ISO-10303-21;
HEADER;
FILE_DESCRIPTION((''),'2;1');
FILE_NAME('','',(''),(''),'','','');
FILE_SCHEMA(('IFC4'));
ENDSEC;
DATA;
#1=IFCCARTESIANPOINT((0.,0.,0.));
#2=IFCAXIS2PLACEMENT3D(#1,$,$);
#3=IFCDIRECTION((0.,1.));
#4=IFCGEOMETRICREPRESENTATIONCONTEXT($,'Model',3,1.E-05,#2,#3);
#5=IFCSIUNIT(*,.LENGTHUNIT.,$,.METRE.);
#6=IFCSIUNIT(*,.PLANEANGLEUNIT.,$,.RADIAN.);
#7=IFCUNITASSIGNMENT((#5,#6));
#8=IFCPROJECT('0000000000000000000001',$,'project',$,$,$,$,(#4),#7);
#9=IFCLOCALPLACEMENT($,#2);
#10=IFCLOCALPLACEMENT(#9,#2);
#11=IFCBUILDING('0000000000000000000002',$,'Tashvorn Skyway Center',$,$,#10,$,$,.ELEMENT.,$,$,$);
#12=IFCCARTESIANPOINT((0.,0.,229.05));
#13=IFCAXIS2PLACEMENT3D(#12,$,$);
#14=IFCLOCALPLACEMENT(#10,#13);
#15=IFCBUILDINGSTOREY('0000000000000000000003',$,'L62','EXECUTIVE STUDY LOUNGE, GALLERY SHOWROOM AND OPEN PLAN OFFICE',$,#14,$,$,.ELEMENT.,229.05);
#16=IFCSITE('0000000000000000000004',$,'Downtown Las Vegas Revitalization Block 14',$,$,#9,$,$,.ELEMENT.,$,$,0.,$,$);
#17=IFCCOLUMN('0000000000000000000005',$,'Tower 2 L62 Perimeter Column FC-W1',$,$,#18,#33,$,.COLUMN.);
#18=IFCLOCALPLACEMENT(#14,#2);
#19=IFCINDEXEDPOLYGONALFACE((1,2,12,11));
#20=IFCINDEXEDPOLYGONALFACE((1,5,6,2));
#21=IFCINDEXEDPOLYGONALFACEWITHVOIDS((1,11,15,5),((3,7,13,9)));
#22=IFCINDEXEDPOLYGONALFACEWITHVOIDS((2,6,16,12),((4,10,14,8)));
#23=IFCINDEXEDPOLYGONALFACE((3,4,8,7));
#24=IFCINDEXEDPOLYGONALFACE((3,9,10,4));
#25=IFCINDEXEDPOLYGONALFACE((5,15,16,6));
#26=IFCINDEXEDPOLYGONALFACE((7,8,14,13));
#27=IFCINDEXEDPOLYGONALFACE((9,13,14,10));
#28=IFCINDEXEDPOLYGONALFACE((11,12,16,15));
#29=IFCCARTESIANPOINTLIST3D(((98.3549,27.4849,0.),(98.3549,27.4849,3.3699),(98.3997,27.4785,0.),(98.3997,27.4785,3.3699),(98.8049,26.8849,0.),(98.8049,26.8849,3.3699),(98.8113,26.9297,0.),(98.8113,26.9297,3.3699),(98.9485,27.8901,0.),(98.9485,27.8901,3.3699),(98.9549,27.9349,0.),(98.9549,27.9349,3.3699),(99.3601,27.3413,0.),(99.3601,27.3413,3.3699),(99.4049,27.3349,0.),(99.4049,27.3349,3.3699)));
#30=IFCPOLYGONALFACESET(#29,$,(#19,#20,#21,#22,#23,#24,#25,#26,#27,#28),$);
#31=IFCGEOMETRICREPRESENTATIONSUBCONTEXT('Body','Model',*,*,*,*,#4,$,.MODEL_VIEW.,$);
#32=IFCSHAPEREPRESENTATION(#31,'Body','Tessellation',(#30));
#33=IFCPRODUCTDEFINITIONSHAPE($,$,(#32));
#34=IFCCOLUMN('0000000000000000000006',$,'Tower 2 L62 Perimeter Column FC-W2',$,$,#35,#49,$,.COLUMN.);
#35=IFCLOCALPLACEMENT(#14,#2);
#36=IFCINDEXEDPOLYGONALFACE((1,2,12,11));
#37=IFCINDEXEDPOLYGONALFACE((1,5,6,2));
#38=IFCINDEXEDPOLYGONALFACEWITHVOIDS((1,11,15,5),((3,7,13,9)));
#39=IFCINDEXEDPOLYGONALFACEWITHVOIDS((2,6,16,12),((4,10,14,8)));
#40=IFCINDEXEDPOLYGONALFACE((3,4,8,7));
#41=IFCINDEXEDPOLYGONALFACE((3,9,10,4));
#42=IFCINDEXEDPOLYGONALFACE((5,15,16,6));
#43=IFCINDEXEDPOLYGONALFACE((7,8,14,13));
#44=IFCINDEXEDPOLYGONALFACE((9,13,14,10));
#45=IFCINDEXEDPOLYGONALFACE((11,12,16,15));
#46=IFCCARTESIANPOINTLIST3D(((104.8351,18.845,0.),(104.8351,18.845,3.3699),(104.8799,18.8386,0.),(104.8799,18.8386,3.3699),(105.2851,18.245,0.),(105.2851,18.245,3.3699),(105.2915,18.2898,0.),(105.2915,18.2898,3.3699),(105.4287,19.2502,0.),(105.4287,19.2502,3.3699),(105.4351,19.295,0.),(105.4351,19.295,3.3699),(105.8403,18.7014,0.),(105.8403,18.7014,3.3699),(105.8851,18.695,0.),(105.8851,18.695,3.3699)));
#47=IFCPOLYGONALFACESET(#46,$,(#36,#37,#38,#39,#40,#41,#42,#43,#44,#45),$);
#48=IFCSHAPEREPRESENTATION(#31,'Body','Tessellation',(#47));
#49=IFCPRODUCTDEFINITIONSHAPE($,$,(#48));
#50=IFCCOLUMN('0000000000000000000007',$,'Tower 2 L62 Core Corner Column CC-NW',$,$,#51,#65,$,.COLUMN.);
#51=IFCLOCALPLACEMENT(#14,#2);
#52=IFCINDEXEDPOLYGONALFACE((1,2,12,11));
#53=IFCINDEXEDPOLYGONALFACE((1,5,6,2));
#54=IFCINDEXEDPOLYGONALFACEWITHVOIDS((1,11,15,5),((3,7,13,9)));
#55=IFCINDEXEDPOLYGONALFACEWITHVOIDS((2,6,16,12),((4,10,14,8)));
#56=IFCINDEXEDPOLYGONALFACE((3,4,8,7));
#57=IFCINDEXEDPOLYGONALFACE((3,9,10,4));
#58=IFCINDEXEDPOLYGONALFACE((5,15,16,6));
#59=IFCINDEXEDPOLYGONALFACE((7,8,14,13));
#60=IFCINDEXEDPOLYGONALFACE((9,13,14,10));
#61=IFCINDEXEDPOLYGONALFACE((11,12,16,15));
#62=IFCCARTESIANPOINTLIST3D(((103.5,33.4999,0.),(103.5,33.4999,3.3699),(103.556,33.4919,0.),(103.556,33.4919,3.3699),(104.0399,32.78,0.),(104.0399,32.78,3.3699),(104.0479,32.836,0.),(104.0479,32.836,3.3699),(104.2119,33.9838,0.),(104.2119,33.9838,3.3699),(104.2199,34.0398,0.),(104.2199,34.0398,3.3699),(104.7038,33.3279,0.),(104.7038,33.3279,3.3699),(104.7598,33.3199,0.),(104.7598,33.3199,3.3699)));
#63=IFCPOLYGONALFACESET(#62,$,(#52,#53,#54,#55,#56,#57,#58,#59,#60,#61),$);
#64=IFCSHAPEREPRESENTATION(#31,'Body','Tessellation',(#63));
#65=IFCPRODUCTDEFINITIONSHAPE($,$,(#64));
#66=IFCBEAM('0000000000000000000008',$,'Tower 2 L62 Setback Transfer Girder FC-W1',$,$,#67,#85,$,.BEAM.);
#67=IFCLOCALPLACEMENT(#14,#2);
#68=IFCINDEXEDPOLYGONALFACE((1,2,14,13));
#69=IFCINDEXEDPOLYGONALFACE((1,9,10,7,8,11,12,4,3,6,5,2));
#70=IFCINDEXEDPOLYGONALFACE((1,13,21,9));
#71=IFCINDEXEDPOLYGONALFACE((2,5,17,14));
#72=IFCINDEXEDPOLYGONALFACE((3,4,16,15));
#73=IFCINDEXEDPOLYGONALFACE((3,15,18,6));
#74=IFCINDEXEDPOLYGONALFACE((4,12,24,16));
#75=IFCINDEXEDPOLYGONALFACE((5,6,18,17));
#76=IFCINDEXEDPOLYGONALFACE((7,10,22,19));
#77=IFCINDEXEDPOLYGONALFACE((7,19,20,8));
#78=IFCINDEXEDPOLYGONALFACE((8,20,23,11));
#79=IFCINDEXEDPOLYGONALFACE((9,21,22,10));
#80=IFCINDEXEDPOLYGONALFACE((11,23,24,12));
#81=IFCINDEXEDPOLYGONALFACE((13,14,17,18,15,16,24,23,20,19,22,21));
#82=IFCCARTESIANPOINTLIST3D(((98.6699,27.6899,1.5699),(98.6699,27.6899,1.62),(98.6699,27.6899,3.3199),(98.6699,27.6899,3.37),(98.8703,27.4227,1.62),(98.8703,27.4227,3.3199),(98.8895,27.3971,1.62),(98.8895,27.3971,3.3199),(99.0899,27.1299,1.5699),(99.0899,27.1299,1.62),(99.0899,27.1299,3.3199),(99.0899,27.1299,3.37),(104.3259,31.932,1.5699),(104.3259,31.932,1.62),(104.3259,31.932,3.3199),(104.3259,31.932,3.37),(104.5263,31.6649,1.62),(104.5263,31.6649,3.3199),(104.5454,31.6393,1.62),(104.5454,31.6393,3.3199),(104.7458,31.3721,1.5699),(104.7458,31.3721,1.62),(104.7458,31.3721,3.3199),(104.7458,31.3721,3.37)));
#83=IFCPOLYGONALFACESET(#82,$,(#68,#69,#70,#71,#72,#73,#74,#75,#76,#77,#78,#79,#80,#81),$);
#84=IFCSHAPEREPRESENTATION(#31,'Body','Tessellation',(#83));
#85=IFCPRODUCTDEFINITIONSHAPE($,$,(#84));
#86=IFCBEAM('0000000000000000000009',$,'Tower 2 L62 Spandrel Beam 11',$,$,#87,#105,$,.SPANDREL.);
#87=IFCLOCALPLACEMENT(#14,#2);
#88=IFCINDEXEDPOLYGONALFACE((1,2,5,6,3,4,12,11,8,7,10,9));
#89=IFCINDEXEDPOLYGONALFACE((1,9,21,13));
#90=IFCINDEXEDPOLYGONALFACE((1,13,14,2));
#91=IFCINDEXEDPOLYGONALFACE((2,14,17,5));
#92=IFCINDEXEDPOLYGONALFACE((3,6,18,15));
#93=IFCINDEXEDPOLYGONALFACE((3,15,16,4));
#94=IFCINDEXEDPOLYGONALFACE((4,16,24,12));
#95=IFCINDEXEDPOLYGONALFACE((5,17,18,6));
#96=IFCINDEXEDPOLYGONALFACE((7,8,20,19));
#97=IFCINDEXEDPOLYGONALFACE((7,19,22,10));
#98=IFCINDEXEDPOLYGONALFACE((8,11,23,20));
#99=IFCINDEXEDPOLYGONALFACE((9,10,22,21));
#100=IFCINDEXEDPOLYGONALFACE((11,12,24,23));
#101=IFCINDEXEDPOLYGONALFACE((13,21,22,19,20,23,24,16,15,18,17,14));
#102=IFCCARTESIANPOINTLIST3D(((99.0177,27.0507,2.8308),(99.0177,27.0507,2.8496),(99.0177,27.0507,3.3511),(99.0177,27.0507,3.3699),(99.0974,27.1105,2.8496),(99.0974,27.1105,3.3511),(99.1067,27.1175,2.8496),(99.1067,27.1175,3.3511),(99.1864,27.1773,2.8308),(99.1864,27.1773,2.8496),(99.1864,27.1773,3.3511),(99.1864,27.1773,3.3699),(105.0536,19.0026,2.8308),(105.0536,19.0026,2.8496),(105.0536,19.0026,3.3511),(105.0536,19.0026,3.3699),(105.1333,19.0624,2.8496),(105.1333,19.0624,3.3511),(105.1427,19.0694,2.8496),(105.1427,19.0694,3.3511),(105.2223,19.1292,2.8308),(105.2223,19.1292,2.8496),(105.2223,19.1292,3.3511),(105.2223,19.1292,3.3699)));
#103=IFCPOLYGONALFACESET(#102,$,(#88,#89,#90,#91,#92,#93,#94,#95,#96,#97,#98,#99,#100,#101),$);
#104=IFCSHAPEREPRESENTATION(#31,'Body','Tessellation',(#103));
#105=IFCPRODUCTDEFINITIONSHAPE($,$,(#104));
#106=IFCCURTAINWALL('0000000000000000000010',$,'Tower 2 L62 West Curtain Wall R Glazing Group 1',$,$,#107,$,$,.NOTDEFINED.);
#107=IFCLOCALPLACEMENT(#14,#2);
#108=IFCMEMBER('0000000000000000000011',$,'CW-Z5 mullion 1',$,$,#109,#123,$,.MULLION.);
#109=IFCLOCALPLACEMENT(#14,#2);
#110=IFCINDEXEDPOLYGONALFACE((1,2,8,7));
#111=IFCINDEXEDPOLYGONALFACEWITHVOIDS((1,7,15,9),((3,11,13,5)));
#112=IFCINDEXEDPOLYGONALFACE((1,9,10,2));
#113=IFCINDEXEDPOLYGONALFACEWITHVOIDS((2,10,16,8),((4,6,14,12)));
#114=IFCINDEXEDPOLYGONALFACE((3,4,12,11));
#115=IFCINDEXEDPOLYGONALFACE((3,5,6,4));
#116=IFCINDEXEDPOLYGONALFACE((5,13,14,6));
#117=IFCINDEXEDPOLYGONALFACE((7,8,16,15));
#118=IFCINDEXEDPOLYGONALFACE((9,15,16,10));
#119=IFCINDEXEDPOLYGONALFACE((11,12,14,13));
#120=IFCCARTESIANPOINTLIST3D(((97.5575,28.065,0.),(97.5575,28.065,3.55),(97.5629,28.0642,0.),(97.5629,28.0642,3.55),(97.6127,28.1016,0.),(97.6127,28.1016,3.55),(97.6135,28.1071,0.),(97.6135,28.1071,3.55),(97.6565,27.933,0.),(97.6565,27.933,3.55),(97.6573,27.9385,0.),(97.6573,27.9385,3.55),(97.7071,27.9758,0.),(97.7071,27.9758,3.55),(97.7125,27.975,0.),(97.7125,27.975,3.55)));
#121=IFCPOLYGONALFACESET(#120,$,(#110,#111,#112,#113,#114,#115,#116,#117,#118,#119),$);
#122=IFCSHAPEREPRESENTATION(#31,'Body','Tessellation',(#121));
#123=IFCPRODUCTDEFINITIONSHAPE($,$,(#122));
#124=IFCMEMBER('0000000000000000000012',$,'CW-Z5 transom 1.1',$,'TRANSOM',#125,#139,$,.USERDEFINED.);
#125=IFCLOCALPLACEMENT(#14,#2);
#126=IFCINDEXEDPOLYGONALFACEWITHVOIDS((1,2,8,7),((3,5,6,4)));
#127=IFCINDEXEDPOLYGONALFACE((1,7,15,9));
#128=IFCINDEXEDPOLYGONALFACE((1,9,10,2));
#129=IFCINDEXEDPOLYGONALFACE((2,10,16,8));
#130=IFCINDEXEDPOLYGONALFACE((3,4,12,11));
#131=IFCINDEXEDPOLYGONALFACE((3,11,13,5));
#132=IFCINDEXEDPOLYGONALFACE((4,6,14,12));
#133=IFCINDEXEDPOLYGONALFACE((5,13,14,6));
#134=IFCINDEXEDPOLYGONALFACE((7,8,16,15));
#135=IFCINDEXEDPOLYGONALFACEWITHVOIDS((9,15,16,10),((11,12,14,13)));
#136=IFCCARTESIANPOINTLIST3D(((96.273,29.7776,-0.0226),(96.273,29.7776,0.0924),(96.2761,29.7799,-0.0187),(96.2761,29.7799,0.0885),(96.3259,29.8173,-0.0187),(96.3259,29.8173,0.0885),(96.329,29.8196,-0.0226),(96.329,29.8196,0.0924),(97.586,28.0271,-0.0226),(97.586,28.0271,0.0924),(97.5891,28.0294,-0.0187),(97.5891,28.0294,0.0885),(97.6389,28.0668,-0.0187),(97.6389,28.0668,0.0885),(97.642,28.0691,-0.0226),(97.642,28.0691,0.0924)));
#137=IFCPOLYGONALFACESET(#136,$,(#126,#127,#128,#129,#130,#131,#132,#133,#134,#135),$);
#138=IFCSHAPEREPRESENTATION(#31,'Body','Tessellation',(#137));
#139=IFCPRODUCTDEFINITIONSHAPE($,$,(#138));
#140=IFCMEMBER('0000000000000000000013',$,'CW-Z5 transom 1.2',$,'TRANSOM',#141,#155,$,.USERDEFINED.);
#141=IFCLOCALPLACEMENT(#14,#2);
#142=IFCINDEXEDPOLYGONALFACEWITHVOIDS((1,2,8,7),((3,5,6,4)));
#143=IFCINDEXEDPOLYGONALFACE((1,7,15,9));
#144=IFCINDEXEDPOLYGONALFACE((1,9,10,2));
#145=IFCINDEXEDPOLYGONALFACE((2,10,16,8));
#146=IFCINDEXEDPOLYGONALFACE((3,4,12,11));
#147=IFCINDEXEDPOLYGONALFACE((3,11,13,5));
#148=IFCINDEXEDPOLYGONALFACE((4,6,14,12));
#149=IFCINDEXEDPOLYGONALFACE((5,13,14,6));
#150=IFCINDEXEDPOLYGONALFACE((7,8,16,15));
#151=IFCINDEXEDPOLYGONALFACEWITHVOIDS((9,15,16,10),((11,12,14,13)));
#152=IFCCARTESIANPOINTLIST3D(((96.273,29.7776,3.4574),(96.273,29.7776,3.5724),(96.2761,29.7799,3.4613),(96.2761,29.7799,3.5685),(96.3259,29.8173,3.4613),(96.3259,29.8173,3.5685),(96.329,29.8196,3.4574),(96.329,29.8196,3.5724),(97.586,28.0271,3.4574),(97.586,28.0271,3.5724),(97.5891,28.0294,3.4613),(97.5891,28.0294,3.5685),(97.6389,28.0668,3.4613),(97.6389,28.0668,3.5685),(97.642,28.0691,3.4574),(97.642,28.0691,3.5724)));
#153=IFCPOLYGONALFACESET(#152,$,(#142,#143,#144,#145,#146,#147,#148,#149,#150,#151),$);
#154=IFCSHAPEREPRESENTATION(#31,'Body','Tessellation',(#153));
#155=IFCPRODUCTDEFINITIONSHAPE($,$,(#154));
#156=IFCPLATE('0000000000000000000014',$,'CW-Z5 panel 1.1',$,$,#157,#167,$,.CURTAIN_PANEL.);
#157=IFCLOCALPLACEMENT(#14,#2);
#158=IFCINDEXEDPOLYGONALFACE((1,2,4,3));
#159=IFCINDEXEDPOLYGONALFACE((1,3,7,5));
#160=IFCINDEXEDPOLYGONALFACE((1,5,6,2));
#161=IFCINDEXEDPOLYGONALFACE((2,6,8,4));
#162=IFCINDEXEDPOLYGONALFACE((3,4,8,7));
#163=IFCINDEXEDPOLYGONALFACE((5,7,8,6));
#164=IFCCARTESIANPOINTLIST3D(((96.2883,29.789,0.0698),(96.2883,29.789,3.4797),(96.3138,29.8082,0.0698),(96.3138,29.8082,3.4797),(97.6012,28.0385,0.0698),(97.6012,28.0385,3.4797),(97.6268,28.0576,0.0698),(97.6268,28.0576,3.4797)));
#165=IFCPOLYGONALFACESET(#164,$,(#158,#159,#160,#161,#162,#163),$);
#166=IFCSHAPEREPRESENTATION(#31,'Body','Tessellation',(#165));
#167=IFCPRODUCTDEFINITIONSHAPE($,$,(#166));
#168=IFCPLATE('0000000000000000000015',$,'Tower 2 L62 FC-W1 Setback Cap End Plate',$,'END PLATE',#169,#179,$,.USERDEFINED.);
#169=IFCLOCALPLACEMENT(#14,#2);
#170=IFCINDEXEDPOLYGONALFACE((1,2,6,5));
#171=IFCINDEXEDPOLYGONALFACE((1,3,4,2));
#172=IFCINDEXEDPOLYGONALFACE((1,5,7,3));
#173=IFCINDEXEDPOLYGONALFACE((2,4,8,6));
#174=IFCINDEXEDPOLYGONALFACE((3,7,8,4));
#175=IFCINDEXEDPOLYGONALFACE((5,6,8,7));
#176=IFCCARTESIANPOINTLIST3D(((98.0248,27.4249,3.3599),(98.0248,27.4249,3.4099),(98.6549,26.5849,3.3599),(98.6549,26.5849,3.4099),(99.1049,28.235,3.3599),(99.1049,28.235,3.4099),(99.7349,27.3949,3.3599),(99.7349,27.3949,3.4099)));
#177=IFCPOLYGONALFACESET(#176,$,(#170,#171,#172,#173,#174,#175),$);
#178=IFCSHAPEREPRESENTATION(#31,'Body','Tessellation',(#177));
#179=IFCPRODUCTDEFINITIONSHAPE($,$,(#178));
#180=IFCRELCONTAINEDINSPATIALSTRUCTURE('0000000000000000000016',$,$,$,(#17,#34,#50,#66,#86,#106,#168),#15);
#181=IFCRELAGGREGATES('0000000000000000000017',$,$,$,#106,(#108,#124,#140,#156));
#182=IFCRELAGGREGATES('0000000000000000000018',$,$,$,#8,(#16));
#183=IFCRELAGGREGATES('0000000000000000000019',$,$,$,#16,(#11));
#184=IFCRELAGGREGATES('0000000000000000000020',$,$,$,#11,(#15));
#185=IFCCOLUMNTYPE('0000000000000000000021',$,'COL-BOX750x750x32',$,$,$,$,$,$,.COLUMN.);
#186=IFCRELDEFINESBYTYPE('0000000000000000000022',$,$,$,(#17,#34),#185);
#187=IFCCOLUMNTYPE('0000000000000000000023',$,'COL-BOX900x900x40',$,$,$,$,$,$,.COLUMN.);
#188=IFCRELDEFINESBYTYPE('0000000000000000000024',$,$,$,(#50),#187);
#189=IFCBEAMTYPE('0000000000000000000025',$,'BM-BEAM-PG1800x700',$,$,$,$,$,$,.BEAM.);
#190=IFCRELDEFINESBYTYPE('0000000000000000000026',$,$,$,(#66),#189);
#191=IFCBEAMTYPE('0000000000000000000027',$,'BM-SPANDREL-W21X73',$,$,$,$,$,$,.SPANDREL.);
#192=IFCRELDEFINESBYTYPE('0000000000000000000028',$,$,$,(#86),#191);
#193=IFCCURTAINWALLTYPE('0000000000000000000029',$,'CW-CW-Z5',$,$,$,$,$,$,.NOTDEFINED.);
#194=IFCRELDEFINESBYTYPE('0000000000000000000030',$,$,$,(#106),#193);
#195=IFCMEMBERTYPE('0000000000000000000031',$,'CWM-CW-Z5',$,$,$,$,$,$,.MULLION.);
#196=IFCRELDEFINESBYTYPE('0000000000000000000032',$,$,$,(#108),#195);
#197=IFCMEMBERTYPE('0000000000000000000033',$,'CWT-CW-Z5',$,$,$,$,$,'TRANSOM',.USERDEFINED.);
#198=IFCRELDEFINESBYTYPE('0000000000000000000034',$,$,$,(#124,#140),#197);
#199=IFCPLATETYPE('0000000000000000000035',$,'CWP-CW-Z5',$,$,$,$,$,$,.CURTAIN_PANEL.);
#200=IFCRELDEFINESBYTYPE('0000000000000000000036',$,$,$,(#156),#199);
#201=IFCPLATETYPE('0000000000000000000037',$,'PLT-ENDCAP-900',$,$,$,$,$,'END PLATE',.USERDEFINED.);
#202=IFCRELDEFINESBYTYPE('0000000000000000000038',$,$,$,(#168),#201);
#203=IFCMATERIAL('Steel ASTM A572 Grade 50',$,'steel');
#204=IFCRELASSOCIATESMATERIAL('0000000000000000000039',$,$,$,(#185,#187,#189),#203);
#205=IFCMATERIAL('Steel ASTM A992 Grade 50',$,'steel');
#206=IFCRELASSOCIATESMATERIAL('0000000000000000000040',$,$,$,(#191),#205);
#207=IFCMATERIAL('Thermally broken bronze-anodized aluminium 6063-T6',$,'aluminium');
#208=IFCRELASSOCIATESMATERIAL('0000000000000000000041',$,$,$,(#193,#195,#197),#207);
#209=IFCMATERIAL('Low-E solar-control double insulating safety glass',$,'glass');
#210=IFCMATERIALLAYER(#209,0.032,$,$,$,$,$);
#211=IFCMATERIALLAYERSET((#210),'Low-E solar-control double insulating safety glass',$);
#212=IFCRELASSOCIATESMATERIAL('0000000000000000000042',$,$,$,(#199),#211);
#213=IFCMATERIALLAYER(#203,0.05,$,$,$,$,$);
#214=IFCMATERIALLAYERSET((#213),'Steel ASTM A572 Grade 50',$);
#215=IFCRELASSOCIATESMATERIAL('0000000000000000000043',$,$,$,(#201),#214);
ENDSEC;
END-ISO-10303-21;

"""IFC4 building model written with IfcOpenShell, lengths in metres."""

from ifc_helpers import new_model, si_unit, direction, frame, origin, origin_2d, place, context, subcontext, project, spatial, rectangle, hollow_rectangle, i_section, extrude, material, layer, layer_set, material_profile, profile_set, type_object, element, aggregate, save


model = new_model("IFC4")

# Units and contexts
model_context = context("Model", 3, precision=1e-05, world=origin(), true_north=direction((0.0, 1.0)))
body_context = subcontext(model_context, "Body", "Model", "MODEL_VIEW")
ifc_project = project(units=[si_unit("LENGTHUNIT", "METRE"), si_unit("PLANEANGLEUNIT", "RADIAN")], contexts=[model_context])

# Site, building, storey
site_placement = place(None, origin())
site = spatial("IfcSite", under=ifc_project, at=site_placement, Name="Downtown Las Vegas Revitalization Block 14", CompositionType="ELEMENT", RefElevation=0.0)
building_placement = place(site_placement, origin())
building = spatial("IfcBuilding", under=site, at=building_placement, Name="Tashvorn Skyway Center", CompositionType="ELEMENT")
storey_placement = place(building_placement, frame((0.0, 0.0, 229.05)))
storey = spatial("IfcBuildingStorey", under=building, at=storey_placement, Name="L62", Description="EXECUTIVE STUDY LOUNGE, GALLERY SHOWROOM AND OPEN PLAN OFFICE", CompositionType="ELEMENT", Elevation=229.05)

# Columns
ifc_material_1 = material(Name="Steel ASTM A572 Grade 50", Category="steel")
ifc_material_profile_1 = material_profile(ifc_material_1, hollow_rectangle(XDim=0.75, YDim=0.75, WallThickness=0.032, at=origin_2d()), Name="BOX750x750x32")
ifc_profile_set_1 = profile_set([ifc_material_profile_1], Name="Steel ASTM A572 Grade 50")
column_type_1 = type_object("IfcColumnType", Name="COL-BOX750x750x32", PredefinedType="COLUMN", material=ifc_profile_set_1)
for number, where, z_axis, x_axis, name in (
    (1, (98.8799, 27.4099, 0.0), (0.0, 0.0, 1.0), (0.8, 0.6, 0.0), "Tower 2 L62 Perimeter Column FC-W1"),
    (2, (105.3601, 18.77, 0.0), (0.0, 0.0, 1.0), (0.8, 0.6, 0.0), "Tower 2 L62 Perimeter Column FC-W2"),
):
    element("IfcColumn", number, at=place(storey_placement, frame(where, z_axis=z_axis, x_axis=x_axis)), inside=storey, type_object=column_type_1, Name=name, PredefinedType="COLUMN", context=body_context, shape_type="SweptSolid", body=[
        extrude(hollow_rectangle(XDim=0.75, YDim=0.75, WallThickness=0.032, at=origin_2d()), origin(), (0.0, 0.0, 1.0), 3.3699),
    ])
ifc_material_profile_2 = material_profile(ifc_material_1, hollow_rectangle(XDim=0.8999, YDim=0.8999, WallThickness=0.04, at=origin_2d()), Name="BOX900x900x40")
ifc_profile_set_2 = profile_set([ifc_material_profile_2], Name="Steel ASTM A572 Grade 50")
column_type_2 = type_object("IfcColumnType", Name="COL-BOX900x900x40", PredefinedType="COLUMN", material=ifc_profile_set_2)
column_placement = place(storey_placement, frame((104.1299, 33.4099, 0.0), z_axis=(0.0, 0.0, 1.0), x_axis=(0.8, 0.6, 0.0)))
element("IfcColumn", 3, at=column_placement, inside=storey, type_object=column_type_2, Name="Tower 2 L62 Core Corner Column CC-NW", PredefinedType="COLUMN", context=body_context, shape_type="SweptSolid", body=[
    extrude(hollow_rectangle(XDim=0.8999, YDim=0.8999, WallThickness=0.04, at=origin_2d()), origin(), (0.0, 0.0, 1.0), 3.3699),
])

# Beams
ifc_material_profile_3 = material_profile(ifc_material_1, i_section(OverallWidth=0.7, OverallDepth=1.8, WebThickness=0.032, FlangeThickness=0.05, at=origin_2d()), Name="PG1800x700")
ifc_profile_set_3 = profile_set([ifc_material_profile_3], Name="Steel ASTM A572 Grade 50")
beam_type_1 = type_object("IfcBeamType", Name="BM-BEAM-PG1800x700", PredefinedType="BEAM", material=ifc_profile_set_3)
beam_1_placement = place(storey_placement, frame((98.8799, 27.4099, 2.47), z_axis=(0.799988, 0.600017, 0.0), x_axis=(-0.600017, 0.799988, 0.0)))
element("IfcBeam", 4, at=beam_1_placement, inside=storey, type_object=beam_type_1, Name="Tower 2 L62 Setback Transfer Girder FC-W1", PredefinedType="BEAM", context=body_context, shape_type="SweptSolid", body=[
    extrude(i_section(OverallWidth=0.7, OverallDepth=1.8, WebThickness=0.032, FlangeThickness=0.05, at=origin_2d()), origin(), (0.0, 0.0, 1.0), 7.0701),
])
ifc_material_2 = material(Name="Steel ASTM A992 Grade 50", Category="steel")
ifc_material_profile_4 = material_profile(ifc_material_2, i_section(OverallWidth=0.2109, OverallDepth=0.5391, WebThickness=0.0117, FlangeThickness=0.0188, at=origin_2d()), Name="W21X73")
ifc_profile_set_4 = profile_set([ifc_material_profile_4], Name="Steel ASTM A992 Grade 50")
beam_type_2 = type_object("IfcBeamType", Name="BM-SPANDREL-W21X73", PredefinedType="SPANDREL", material=ifc_profile_set_4)
beam_2_placement = place(storey_placement, frame((99.1021, 27.114, 3.1003), z_axis=(0.599988, -0.800009, 0.0), x_axis=(0.800009, 0.599988, 0.0)))
element("IfcBeam", 5, at=beam_2_placement, inside=storey, type_object=beam_type_2, Name="Tower 2 L62 Spandrel Beam 11", PredefinedType="SPANDREL", context=body_context, shape_type="SweptSolid", body=[
    extrude(i_section(OverallWidth=0.2109, OverallDepth=0.5391, WebThickness=0.0117, FlangeThickness=0.0188, at=origin_2d()), origin(), (0.0, 0.0, 1.0), 10.0601),
])

# Curtain wall, members, plate
ifc_material_3 = material(Name="Thermally broken bronze-anodized aluminium 6063-T6", Category="aluminium")
curtain_wall_type = type_object("IfcCurtainWallType", Name="CW-CW-Z5", PredefinedType="NOTDEFINED", material=ifc_material_3)
curtain_wall_placement = place(storey_placement, origin())
curtain_wall = element("IfcCurtainWall", 6, at=curtain_wall_placement, inside=storey, type_object=curtain_wall_type, Name="Tower 2 L62 West Curtain Wall R Glazing Group 1", PredefinedType="NOTDEFINED")
ifc_material_profile_5 = material_profile(ifc_material_3, hollow_rectangle(XDim=0.0701, YDim=0.165, WallThickness=0.0039, at=origin_2d()), Name="ALU-MULL-70x165")
ifc_profile_set_5 = profile_set([ifc_material_profile_5], Name="Thermally broken bronze-anodized aluminium 6063-T6")
member_type_1 = type_object("IfcMemberType", Name="CWM-CW-Z5", PredefinedType="MULLION", material=ifc_profile_set_5)
member_1_placement = place(storey_placement, frame((97.635, 28.02, 0.0), z_axis=(0.0, 0.0, 1.0), x_axis=(-0.799997, -0.600003, 0.0)))
member_1 = element("IfcMember", 7, at=member_1_placement, type_object=member_type_1, Name="CW-Z5 mullion 1", PredefinedType="MULLION", context=body_context, shape_type="SweptSolid", body=[
    extrude(hollow_rectangle(XDim=0.0701, YDim=0.165, WallThickness=0.0039, at=origin_2d()), origin(), (0.0, 0.0, 1.0), 3.55),
])
ifc_material_profile_6 = material_profile(ifc_material_3, hollow_rectangle(XDim=0.0701, YDim=0.115, WallThickness=0.0039, at=origin_2d()), Name="ALU-TRAN-70x115")
ifc_profile_set_6 = profile_set([ifc_material_profile_6], Name="Thermally broken bronze-anodized aluminium 6063-T6")
member_type_2 = type_object("IfcMemberType", Name="CWT-CW-Z5", ElementType="TRANSOM", PredefinedType="USERDEFINED", material=ifc_profile_set_6)
member_2_placement = place(storey_placement, frame((97.614, 28.0481, 0.0349), z_axis=(-0.600036, 0.799973, 0.0), x_axis=(-0.799973, -0.600036, 0.0)))
member_2 = element("IfcMember", 8, at=member_2_placement, type_object=member_type_2, Name="CW-Z5 transom 1.1", ObjectType="TRANSOM", PredefinedType="USERDEFINED", context=body_context, shape_type="SweptSolid", body=[
    extrude(hollow_rectangle(XDim=0.0701, YDim=0.115, WallThickness=0.0039, at=origin_2d()), origin(), (0.0, 0.0, 1.0), 2.1882),
])
member_3_placement = place(storey_placement, frame((97.614, 28.0481, 3.5149), z_axis=(-0.600036, 0.799973, 0.0), x_axis=(-0.799973, -0.600036, 0.0)))
member_3 = element("IfcMember", 9, at=member_3_placement, type_object=member_type_2, Name="CW-Z5 transom 1.2", ObjectType="TRANSOM", PredefinedType="USERDEFINED", context=body_context, shape_type="SweptSolid", body=[
    extrude(hollow_rectangle(XDim=0.0701, YDim=0.115, WallThickness=0.0039, at=origin_2d()), origin(), (0.0, 0.0, 1.0), 2.1882),
])
ifc_material_4 = material(Name="Low-E solar-control double insulating safety glass", Category="glass")
ifc_layer_1 = layer(ifc_material_4, 0.032)
ifc_layer_set_1 = layer_set([ifc_layer_1], Name="Low-E solar-control double insulating safety glass")
plate_type_1 = type_object("IfcPlateType", Name="CWP-CW-Z5", PredefinedType="CURTAIN_PANEL", material=ifc_layer_set_1)
plate_1_placement = place(storey_placement, frame((96.9575, 28.9233, 0.0698), z_axis=(0.0, 0.0, 1.0), x_axis=(-0.600003, 0.799997, 0.0)))
plate_1 = element("IfcPlate", 10, at=plate_1_placement, type_object=plate_type_1, Name="CW-Z5 panel 1.1", PredefinedType="CURTAIN_PANEL", context=body_context, shape_type="SweptSolid", body=[
    extrude(rectangle(XDim=2.1882, YDim=0.032, at=origin_2d()), origin(), (0.0, 0.0, 1.0), 3.4099),
])
aggregate(curtain_wall, [member_1, member_2, member_3, plate_1])

# Plate
ifc_layer_2 = layer(ifc_material_1, 0.05)
ifc_layer_set_2 = layer_set([ifc_layer_2], Name="Steel ASTM A572 Grade 50")
plate_type_2 = type_object("IfcPlateType", Name="PLT-ENDCAP-900", ElementType="END PLATE", PredefinedType="USERDEFINED", material=ifc_layer_set_2)
for number, where, z_axis, x_axis, name in (
    (11, (98.8799, 27.4099, 3.3599), (0.0, 0.0, 1.0), (0.8, 0.6, 0.0), "Tower 2 L62 FC-W1 Setback Cap End Plate"),
):
    element("IfcPlate", number, at=place(storey_placement, frame(where, z_axis=z_axis, x_axis=x_axis)), inside=storey, type_object=plate_type_2, Name=name, ObjectType="END PLATE", PredefinedType="USERDEFINED", context=body_context, shape_type="SweptSolid", body=[
        extrude(rectangle(XDim=1.3501, YDim=1.05, at=origin_2d()), origin(), (0.0, 0.0, 1.0), 0.05),
    ])

save(model, "model.ifc")
